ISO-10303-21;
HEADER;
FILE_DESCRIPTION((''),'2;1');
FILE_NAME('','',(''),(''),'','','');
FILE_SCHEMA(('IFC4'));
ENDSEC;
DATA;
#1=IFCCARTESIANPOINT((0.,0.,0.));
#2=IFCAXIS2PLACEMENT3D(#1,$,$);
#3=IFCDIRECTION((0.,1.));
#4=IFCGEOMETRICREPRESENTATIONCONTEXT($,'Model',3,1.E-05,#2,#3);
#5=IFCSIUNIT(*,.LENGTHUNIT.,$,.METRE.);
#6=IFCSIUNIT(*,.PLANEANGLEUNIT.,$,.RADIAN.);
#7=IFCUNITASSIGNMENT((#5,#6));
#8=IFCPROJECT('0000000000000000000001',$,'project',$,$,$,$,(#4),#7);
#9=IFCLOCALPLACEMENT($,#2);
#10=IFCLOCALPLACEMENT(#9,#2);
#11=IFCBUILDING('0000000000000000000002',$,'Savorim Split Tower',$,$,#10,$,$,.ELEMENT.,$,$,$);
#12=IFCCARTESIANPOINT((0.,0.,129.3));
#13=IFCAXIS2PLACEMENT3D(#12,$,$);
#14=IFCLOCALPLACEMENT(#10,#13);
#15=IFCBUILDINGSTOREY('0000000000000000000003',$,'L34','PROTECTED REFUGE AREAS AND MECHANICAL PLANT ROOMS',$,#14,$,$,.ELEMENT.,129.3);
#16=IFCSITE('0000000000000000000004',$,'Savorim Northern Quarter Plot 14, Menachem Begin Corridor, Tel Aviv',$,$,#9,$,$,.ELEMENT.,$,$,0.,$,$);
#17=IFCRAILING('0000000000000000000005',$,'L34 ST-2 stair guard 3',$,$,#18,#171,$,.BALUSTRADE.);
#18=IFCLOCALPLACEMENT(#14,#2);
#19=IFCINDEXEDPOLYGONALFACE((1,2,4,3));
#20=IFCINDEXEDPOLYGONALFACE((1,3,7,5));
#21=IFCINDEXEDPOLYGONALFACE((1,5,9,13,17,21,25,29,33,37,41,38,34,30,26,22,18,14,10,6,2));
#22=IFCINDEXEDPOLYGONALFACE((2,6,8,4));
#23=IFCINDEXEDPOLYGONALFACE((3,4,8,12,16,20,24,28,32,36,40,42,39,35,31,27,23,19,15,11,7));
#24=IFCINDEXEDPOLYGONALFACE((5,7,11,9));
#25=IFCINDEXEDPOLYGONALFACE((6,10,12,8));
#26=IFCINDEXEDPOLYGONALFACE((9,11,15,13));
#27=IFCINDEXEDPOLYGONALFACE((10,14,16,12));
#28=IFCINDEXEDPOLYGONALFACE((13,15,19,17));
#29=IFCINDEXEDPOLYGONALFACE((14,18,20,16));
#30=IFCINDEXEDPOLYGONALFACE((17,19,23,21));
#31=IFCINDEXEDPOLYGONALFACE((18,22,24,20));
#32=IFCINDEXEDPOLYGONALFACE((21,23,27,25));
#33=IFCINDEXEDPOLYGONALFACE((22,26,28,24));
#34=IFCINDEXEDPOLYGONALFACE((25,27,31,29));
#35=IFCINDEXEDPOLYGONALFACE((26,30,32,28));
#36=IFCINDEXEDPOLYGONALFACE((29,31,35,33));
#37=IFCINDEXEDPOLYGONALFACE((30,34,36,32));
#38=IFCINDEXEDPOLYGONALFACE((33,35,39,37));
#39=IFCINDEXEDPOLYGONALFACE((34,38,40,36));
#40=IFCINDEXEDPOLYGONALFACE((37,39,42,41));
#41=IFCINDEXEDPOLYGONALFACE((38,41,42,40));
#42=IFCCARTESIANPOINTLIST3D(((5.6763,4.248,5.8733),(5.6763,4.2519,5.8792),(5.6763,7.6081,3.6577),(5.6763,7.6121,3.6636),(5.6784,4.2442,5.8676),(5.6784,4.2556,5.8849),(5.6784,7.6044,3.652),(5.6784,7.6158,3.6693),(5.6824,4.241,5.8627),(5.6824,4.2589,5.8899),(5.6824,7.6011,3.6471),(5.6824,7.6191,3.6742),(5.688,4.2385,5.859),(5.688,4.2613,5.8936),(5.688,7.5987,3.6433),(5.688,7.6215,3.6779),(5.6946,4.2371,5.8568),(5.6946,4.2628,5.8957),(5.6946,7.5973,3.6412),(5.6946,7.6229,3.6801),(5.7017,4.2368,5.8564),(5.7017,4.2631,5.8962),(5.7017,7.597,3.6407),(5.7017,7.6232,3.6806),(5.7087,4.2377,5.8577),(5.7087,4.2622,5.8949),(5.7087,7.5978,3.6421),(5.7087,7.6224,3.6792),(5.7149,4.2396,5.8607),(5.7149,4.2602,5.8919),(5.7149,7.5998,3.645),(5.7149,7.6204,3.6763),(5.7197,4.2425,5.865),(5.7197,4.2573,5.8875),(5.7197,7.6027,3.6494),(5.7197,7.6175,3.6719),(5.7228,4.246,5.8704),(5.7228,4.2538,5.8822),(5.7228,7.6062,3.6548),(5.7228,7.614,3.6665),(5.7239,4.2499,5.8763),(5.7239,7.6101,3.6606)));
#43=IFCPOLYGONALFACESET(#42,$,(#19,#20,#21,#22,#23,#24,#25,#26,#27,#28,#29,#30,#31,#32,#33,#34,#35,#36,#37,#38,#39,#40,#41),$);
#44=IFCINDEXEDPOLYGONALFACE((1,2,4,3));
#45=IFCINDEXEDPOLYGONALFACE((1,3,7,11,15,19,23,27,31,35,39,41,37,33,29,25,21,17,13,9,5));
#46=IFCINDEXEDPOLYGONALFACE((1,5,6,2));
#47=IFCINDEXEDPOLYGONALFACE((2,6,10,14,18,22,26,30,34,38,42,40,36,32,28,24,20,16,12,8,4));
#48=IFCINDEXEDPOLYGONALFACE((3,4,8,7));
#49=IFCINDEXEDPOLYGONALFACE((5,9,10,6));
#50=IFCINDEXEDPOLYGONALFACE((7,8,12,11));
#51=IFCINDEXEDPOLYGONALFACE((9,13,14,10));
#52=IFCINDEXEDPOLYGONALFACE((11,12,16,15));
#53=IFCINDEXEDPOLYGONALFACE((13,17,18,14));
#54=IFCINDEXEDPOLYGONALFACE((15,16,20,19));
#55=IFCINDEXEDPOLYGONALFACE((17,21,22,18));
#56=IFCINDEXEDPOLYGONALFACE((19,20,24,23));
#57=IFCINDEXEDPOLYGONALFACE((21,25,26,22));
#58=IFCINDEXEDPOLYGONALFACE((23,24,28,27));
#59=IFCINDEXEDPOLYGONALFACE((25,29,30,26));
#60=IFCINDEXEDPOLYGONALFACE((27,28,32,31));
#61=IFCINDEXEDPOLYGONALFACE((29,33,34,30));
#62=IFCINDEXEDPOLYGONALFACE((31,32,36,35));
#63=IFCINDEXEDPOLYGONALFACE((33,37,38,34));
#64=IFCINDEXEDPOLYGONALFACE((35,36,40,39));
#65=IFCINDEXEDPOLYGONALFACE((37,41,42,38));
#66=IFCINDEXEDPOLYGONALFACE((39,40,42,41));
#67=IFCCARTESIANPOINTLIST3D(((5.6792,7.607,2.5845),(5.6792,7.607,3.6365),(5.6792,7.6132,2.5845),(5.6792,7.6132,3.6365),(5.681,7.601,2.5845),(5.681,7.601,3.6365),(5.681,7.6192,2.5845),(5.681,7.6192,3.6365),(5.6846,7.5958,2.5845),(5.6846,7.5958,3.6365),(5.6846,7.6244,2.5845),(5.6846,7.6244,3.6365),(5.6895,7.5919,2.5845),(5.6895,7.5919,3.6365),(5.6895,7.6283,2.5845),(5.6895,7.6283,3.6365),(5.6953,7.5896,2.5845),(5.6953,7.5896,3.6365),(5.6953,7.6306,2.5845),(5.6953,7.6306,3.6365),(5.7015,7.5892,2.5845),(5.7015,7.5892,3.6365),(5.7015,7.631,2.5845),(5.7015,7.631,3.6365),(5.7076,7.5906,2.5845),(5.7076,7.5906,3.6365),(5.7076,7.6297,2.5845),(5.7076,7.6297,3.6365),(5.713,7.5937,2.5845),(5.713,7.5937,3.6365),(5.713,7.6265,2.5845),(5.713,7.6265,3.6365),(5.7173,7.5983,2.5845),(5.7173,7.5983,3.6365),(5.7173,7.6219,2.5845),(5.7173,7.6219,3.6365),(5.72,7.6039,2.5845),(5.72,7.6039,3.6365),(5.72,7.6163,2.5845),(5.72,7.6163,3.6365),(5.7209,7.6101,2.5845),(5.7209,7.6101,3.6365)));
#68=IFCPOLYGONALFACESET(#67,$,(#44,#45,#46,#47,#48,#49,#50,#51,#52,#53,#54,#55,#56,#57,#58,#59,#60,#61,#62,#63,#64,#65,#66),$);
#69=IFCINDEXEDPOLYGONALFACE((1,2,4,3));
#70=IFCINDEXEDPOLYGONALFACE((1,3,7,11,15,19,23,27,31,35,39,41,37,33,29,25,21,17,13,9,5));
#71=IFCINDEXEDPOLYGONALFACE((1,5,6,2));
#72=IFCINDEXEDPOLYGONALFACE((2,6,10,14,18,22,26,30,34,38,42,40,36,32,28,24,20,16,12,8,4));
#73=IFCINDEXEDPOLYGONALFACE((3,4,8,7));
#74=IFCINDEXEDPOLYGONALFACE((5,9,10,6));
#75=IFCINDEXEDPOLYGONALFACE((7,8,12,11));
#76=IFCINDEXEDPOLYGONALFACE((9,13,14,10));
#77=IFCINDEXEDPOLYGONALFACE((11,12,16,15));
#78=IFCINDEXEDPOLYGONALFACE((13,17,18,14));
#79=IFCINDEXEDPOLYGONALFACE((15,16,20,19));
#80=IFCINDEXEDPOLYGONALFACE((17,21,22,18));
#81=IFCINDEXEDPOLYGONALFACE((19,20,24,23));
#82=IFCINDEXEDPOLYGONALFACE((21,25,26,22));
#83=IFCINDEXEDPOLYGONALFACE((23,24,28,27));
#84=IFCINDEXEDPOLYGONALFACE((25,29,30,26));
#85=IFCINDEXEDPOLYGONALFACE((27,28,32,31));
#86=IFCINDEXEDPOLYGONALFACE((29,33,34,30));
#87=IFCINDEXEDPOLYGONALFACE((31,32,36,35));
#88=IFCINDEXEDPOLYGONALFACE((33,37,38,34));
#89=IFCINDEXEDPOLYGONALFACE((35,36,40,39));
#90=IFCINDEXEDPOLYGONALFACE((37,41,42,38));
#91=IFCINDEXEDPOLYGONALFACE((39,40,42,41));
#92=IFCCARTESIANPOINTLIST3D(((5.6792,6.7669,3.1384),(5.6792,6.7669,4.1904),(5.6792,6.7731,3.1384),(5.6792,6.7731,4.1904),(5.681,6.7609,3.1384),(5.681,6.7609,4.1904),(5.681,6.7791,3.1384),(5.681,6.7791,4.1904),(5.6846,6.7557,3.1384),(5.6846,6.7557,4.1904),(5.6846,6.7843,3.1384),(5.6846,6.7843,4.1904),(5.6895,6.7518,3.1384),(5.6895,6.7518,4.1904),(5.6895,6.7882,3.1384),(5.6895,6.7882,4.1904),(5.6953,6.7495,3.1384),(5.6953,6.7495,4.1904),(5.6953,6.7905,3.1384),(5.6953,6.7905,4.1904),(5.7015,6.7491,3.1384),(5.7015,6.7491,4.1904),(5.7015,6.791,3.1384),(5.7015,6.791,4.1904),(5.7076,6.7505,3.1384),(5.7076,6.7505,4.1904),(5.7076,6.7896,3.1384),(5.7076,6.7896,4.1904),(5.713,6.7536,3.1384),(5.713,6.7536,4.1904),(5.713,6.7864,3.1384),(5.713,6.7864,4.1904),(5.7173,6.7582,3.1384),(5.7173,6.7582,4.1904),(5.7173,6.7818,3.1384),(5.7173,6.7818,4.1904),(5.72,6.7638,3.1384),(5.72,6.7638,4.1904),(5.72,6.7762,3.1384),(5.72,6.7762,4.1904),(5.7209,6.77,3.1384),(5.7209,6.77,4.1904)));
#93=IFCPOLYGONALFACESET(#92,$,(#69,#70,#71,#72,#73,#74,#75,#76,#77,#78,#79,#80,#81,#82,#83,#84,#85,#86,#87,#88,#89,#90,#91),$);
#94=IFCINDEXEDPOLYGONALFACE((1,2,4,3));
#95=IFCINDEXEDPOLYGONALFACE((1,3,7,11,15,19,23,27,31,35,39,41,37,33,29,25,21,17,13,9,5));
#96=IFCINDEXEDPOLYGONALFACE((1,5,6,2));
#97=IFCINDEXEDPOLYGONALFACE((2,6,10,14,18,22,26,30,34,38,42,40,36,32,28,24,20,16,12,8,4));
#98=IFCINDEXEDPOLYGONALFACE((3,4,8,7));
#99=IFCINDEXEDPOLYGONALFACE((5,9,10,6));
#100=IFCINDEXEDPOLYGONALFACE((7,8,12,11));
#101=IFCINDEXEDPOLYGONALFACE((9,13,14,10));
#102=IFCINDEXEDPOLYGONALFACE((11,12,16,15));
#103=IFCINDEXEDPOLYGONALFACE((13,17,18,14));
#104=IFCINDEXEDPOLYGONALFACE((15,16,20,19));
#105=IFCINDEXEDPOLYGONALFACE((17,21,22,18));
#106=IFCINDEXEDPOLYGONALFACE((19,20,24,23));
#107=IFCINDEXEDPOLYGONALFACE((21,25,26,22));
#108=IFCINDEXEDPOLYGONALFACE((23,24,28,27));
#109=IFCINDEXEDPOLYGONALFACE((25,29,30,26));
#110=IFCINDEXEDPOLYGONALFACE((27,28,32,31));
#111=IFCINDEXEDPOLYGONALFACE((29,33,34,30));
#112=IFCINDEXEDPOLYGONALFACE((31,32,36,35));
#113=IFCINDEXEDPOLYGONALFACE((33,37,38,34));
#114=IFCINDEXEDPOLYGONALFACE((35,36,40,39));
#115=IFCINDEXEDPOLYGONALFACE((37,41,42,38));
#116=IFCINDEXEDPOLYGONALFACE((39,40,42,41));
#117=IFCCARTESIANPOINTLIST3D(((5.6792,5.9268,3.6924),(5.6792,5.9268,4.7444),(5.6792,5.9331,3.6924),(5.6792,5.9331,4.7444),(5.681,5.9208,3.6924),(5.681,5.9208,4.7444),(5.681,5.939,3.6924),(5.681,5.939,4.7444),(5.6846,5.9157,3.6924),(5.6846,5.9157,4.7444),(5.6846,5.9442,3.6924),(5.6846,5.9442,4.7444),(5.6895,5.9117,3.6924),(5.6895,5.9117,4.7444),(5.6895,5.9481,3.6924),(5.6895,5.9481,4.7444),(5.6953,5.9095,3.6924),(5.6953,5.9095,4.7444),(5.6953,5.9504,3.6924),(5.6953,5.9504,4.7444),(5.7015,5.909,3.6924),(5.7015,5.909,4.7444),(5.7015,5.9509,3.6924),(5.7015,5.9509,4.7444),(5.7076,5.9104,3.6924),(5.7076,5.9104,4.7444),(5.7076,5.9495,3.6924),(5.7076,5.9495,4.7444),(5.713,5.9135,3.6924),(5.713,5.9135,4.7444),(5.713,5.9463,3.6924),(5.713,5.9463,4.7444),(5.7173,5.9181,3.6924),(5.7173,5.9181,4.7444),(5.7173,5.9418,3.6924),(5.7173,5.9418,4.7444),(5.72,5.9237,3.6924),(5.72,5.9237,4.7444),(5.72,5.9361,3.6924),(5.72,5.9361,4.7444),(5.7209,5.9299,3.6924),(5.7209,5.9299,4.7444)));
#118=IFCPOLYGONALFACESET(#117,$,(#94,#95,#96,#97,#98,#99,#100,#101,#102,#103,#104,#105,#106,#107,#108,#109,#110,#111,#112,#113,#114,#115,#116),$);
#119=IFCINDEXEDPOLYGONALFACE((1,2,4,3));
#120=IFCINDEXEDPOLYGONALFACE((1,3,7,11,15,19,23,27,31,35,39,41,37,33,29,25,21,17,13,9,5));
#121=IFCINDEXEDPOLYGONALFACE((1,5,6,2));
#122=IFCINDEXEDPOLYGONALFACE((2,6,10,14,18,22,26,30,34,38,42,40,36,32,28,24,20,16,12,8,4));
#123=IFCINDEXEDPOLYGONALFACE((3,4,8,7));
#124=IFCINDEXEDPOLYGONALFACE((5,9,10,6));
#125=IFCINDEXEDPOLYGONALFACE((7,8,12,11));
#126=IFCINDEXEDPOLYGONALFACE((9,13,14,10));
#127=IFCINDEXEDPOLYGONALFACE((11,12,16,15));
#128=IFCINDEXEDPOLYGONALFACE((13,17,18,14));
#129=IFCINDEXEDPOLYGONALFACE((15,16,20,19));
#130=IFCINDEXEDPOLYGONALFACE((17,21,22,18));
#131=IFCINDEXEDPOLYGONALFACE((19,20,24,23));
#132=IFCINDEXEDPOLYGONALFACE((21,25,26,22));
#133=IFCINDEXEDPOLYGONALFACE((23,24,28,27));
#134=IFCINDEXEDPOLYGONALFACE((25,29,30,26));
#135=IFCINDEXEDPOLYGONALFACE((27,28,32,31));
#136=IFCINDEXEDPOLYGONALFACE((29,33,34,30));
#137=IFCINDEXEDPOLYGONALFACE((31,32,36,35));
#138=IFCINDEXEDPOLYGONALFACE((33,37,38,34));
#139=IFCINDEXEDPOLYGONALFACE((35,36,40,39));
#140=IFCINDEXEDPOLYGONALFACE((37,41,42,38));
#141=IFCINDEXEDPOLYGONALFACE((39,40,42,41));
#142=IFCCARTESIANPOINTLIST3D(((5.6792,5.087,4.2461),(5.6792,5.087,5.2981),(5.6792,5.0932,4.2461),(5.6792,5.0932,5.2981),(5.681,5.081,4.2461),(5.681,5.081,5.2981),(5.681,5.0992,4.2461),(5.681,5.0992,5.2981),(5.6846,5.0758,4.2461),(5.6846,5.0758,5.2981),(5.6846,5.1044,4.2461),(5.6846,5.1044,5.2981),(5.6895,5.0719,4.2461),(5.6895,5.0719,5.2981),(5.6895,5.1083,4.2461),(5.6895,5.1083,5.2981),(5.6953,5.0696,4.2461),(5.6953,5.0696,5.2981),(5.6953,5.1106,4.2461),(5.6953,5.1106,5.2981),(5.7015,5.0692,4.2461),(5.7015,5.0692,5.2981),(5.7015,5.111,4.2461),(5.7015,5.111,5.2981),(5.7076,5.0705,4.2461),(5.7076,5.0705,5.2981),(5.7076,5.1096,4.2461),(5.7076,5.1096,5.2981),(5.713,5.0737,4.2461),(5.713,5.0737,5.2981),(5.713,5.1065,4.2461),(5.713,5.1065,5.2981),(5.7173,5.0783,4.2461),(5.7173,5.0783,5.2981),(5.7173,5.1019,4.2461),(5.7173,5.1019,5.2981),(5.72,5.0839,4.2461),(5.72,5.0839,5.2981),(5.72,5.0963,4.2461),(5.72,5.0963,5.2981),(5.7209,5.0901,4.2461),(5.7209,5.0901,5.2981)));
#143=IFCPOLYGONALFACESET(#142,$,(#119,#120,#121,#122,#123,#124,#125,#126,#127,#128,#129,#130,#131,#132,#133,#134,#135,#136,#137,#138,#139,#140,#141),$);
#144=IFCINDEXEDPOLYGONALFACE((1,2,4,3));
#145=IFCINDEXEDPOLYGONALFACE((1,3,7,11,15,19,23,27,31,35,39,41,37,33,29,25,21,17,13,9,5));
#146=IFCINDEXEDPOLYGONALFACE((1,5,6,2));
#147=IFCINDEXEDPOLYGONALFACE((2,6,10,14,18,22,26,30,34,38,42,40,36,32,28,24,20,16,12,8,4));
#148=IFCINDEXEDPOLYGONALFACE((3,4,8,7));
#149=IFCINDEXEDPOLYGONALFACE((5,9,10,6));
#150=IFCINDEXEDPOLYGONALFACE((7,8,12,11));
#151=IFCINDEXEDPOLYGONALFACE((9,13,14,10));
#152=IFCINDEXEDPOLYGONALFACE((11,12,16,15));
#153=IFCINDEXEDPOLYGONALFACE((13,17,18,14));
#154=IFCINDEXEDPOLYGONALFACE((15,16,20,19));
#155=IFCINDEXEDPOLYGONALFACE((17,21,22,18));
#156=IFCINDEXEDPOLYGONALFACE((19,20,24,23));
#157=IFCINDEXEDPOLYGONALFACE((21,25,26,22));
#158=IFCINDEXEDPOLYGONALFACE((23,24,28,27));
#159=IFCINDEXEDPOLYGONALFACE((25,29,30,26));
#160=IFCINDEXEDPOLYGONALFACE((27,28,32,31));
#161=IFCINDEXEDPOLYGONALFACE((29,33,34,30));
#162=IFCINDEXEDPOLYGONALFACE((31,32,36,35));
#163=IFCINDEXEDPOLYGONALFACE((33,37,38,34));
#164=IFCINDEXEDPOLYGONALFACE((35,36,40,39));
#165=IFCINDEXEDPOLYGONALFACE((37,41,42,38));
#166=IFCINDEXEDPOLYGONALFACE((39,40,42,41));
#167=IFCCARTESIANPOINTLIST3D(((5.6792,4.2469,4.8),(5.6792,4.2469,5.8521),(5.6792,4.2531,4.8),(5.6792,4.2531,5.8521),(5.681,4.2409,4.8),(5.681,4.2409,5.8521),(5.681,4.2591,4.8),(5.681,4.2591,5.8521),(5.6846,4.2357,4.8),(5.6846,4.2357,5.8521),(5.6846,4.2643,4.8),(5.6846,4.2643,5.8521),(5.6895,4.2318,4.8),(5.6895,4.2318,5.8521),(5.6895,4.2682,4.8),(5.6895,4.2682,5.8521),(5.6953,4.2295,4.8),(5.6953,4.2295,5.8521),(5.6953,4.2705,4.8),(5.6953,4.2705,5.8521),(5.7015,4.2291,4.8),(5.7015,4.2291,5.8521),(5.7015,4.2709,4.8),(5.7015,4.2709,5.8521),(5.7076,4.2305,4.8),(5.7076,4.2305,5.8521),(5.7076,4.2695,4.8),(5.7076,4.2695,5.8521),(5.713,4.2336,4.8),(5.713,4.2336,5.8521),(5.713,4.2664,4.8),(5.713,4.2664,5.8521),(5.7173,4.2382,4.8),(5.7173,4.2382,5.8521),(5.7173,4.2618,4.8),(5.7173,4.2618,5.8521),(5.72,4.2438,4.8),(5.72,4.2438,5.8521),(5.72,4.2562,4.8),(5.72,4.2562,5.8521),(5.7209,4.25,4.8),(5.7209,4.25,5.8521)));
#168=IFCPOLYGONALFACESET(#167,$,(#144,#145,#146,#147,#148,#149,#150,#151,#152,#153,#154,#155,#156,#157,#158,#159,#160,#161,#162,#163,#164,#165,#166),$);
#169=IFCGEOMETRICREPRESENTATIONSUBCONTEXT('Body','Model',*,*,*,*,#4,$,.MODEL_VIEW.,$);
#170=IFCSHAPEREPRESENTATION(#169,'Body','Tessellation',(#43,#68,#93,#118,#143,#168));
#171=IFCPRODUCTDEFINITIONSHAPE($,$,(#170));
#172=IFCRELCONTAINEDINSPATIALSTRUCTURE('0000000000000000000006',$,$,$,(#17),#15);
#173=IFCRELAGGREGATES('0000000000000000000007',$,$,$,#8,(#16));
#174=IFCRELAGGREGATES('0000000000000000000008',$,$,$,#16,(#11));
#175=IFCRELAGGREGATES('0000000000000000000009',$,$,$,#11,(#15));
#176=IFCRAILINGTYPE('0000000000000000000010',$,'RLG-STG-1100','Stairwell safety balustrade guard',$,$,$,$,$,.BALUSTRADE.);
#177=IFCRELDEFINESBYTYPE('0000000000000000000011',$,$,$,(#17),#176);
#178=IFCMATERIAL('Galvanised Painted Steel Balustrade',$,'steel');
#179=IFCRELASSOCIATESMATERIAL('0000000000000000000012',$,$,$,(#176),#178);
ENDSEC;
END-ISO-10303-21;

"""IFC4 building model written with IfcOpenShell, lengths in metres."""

from ifc_helpers import new_model, si_unit, direction, frame, origin, origin_2d, place, context, subcontext, project, spatial, circle, extrude, material, type_object, element, save


model = new_model("IFC4")

# Units and contexts
model_context = context("Model", 3, precision=1e-05, world=origin(), true_north=direction((0.0, 1.0)))
body_context = subcontext(model_context, "Body", "Model", "MODEL_VIEW")
ifc_project = project(units=[si_unit("LENGTHUNIT", "METRE"), si_unit("PLANEANGLEUNIT", "RADIAN")], contexts=[model_context])

# Site, building, storey
site_placement = place(None, origin())
site = spatial("IfcSite", under=ifc_project, at=site_placement, Name="Savorim Northern Quarter Plot 14, Menachem Begin Corridor, Tel Aviv", CompositionType="ELEMENT", RefElevation=0.0)
building_placement = place(site_placement, origin())
building = spatial("IfcBuilding", under=site, at=building_placement, Name="Savorim Split Tower", CompositionType="ELEMENT")
storey_placement = place(building_placement, frame((0.0, 0.0, 129.3)))
storey = spatial("IfcBuildingStorey", under=building, at=storey_placement, Name="L34", Description="PROTECTED REFUGE AREAS AND MECHANICAL PLANT ROOMS", CompositionType="ELEMENT", Elevation=129.3)

# Shared definitions
ifc_material_1 = material(Name="Galvanised Painted Steel Balustrade", Category="steel")

# Railing
railing_type_1 = type_object("IfcRailingType", Name="RLG-STG-1100", Description="Stairwell safety balustrade guard", PredefinedType="BALUSTRADE", material=ifc_material_1)
railing_1_placement = place(storey_placement, frame((5.7, 7.6101, 2.5845)))
element("IfcRailing", 1, at=railing_1_placement, inside=storey, type_object=railing_type_1, Name="L34 ST-2 stair guard 3", PredefinedType="BALUSTRADE", context=body_context, shape_type="SweptSolid", body=[
    extrude(circle(Radius=0.0239, at=origin_2d()), frame((0.0, 0.0, 1.0762), z_axis=(0.0, -0.834849, 0.55048), x_axis=(1.0, 0.0, 0.0)), (0.0, 0.0, 1.0), 4.0249),
    extrude(circle(Radius=0.021, at=origin_2d()), origin(), (0.0, 0.0, 1.0), 1.052),
    extrude(circle(Radius=0.021, at=origin_2d()), frame((0.0, -0.8401, 0.554)), (0.0, 0.0, 1.0), 1.052),
    extrude(circle(Radius=0.021, at=origin_2d()), frame((0.0, -1.6802, 1.1079)), (0.0, 0.0, 1.0), 1.052),
    extrude(circle(Radius=0.021, at=origin_2d()), frame((0.0, -2.52, 1.6616)), (0.0, 0.0, 1.0), 1.052),
    extrude(circle(Radius=0.021, at=origin_2d()), frame((0.0, -3.3601, 2.2156)), (0.0, 0.0, 1.0), 1.052),
])

save(model, "model.ifc")
